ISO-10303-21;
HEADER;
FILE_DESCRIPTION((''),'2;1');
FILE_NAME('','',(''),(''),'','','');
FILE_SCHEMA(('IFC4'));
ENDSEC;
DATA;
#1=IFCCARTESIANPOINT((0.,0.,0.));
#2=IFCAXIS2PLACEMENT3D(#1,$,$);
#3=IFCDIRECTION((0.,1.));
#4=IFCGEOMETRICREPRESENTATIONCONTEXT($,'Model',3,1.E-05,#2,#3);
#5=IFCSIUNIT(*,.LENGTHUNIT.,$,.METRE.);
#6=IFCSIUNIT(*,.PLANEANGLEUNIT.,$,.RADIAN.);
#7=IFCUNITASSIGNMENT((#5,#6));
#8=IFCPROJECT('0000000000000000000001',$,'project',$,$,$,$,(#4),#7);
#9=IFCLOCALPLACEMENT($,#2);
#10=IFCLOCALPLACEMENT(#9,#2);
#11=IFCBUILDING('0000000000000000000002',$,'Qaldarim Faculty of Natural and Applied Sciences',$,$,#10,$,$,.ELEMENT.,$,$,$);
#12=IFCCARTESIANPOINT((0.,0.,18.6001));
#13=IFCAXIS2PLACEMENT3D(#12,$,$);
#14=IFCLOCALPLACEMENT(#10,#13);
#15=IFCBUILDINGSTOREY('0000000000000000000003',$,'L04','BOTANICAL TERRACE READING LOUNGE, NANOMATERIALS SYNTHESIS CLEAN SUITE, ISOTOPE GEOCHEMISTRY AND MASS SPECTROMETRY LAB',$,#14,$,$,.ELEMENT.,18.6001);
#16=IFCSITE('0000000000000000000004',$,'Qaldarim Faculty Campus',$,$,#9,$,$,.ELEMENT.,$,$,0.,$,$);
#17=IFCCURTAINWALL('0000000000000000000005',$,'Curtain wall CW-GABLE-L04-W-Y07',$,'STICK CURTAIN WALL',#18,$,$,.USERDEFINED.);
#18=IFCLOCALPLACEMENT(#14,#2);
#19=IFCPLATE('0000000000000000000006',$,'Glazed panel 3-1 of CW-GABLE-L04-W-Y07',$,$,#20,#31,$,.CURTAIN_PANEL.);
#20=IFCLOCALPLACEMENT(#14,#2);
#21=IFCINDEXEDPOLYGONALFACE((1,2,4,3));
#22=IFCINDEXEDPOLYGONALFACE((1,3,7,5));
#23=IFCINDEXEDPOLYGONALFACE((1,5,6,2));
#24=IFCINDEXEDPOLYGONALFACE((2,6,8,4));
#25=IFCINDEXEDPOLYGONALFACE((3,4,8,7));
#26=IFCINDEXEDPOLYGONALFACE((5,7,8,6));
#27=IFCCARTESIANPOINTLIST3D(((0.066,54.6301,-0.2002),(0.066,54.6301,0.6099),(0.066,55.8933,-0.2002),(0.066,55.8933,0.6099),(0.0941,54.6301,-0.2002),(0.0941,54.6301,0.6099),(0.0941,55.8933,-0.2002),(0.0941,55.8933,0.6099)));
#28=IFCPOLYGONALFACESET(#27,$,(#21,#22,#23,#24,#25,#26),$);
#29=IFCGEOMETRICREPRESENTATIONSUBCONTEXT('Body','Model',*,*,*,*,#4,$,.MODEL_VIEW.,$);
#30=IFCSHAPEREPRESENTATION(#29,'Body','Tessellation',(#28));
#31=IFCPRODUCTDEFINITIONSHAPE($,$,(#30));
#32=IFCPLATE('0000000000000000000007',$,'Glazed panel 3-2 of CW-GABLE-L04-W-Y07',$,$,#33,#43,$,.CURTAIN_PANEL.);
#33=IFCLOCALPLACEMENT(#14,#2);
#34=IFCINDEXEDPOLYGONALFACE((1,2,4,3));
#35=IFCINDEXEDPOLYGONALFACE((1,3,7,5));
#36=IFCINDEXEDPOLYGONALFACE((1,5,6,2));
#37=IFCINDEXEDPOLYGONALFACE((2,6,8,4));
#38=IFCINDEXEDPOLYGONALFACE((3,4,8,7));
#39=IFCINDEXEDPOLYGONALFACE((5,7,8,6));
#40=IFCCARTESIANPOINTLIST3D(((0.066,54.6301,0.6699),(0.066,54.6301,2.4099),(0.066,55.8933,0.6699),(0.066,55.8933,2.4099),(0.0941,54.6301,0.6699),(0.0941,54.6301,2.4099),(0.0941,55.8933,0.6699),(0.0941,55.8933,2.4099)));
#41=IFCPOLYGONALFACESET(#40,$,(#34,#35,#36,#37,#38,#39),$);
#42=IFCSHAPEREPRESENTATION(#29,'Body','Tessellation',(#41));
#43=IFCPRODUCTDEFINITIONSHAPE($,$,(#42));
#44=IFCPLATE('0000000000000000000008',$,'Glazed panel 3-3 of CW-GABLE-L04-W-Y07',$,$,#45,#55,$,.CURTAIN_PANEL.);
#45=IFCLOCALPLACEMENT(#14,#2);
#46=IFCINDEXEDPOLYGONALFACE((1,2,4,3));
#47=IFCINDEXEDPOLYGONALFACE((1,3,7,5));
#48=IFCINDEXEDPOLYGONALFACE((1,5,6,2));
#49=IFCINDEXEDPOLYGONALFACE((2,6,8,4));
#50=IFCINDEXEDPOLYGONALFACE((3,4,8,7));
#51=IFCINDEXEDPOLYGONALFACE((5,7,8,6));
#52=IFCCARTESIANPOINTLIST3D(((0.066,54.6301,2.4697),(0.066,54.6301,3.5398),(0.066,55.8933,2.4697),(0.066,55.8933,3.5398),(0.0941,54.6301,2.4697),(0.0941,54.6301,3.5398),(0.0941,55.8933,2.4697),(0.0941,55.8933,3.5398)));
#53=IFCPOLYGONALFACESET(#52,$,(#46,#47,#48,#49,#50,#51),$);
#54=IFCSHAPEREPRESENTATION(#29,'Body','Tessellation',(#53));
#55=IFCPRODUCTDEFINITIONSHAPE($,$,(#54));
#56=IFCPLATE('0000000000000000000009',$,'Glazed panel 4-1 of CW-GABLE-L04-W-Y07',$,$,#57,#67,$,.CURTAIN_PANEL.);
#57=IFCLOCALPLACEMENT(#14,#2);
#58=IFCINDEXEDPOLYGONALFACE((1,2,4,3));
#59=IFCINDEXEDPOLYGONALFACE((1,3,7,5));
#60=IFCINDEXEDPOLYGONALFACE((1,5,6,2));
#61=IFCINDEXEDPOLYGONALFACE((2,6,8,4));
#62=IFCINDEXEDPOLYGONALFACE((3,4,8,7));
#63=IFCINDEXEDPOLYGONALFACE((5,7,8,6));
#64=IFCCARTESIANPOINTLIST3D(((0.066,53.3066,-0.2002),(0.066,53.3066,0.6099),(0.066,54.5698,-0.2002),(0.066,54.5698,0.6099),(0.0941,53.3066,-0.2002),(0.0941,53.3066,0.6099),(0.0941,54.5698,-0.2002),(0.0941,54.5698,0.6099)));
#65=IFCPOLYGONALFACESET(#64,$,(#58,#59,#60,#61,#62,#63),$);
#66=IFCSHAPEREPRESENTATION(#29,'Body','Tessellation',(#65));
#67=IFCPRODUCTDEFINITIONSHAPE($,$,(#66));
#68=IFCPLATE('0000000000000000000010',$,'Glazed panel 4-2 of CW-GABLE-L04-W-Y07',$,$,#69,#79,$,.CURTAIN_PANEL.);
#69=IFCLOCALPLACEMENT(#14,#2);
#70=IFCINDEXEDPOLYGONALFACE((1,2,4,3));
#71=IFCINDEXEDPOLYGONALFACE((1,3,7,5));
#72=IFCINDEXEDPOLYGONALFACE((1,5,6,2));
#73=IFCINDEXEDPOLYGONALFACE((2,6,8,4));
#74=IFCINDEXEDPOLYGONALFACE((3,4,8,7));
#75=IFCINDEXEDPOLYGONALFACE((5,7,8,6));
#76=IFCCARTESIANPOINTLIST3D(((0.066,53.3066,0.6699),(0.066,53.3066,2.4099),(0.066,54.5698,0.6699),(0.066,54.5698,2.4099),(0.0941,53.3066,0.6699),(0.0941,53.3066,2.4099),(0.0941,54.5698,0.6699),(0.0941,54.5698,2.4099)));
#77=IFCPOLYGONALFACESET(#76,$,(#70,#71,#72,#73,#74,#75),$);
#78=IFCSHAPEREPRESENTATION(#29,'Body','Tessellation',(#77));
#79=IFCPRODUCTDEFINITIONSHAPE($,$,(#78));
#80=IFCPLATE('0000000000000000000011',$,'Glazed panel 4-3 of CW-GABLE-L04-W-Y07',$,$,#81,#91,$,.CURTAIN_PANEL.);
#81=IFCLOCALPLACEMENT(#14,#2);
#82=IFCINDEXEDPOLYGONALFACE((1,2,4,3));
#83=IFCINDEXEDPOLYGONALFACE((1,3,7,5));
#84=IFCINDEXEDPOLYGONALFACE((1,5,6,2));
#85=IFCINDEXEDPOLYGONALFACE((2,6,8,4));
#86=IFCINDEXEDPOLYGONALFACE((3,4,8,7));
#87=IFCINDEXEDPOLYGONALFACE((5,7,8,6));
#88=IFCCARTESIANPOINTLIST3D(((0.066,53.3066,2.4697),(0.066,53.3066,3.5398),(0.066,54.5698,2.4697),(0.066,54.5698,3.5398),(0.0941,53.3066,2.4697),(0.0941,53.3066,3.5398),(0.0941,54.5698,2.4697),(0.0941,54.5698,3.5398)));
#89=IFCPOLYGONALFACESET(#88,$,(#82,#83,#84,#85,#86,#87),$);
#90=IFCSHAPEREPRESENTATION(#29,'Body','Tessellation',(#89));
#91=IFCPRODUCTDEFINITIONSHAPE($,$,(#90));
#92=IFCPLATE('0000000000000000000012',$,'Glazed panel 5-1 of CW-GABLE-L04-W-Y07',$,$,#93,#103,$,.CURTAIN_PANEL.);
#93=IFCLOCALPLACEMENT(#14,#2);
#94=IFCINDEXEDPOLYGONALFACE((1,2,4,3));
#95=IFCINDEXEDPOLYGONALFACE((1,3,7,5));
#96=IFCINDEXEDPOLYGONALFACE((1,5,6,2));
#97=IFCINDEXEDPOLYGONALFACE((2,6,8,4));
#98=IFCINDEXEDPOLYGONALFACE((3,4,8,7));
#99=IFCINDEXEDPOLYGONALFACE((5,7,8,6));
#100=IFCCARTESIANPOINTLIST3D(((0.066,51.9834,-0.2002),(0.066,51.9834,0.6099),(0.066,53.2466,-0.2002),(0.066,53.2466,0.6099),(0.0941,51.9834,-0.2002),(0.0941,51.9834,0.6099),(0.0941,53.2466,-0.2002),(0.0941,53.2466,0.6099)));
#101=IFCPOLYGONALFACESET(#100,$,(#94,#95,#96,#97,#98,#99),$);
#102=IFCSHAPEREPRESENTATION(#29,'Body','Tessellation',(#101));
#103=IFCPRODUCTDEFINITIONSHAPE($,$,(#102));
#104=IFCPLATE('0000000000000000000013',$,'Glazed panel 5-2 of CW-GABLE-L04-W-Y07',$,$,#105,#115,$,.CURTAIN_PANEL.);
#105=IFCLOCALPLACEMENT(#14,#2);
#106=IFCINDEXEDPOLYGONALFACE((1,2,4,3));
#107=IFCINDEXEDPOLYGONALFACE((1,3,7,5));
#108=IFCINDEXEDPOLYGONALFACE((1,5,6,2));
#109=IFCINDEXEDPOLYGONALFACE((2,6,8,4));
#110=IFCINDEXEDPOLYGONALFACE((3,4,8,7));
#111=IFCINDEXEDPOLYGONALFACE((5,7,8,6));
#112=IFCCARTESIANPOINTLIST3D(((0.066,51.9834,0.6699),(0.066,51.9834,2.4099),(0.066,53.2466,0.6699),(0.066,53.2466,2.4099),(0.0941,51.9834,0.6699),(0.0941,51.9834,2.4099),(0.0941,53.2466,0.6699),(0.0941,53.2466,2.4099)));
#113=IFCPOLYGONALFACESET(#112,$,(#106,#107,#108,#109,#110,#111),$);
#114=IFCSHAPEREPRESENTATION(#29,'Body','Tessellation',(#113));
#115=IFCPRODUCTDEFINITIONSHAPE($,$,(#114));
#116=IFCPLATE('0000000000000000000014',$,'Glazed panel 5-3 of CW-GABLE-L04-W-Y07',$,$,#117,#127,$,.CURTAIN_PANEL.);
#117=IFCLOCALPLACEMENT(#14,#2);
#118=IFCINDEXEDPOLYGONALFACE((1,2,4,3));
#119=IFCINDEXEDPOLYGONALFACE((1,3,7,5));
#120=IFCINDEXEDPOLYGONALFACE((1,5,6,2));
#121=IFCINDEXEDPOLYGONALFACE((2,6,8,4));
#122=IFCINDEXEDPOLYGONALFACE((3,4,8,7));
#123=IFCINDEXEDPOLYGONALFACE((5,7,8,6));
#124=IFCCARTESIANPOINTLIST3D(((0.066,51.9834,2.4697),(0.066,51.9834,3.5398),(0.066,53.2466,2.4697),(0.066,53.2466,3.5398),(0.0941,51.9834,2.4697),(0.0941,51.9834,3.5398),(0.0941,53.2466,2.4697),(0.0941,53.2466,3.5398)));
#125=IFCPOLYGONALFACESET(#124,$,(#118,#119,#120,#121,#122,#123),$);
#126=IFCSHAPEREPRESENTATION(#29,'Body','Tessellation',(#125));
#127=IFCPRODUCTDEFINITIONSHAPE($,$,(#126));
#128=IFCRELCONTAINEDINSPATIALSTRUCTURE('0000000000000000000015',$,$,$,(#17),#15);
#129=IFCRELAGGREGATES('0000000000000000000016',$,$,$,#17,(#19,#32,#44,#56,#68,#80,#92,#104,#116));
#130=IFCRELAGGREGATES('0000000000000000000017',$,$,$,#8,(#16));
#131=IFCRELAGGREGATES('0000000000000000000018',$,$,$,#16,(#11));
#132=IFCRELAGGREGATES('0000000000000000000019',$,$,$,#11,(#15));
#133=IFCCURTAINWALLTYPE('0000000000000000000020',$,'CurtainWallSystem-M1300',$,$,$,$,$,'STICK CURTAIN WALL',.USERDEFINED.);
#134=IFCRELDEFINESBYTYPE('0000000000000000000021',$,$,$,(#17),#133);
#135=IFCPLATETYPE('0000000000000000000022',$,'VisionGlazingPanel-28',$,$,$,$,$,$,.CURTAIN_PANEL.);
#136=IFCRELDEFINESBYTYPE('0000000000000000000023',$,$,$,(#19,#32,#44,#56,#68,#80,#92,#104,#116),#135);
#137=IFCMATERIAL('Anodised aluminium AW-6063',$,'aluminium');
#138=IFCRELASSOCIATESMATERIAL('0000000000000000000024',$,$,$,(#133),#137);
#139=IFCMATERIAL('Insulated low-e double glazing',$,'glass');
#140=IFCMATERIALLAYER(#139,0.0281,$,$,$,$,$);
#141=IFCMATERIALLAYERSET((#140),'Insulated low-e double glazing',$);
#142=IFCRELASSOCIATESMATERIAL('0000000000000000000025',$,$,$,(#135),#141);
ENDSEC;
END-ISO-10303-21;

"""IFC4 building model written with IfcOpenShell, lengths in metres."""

from ifc_helpers import new_model, si_unit, direction, frame, origin, origin_2d, place, context, subcontext, project, spatial, rectangle, extrude, material, layer, layer_set, type_object, element, aggregate, save


model = new_model("IFC4")

# Units and contexts
model_context = context("Model", 3, precision=1e-05, world=origin(), true_north=direction((0.0, 1.0)))
body_context = subcontext(model_context, "Body", "Model", "MODEL_VIEW")
ifc_project = project(units=[si_unit("LENGTHUNIT", "METRE"), si_unit("PLANEANGLEUNIT", "RADIAN")], contexts=[model_context])

# Site, building, storey
site_placement = place(None, origin())
site = spatial("IfcSite", under=ifc_project, at=site_placement, Name="Qaldarim Faculty Campus", CompositionType="ELEMENT", RefElevation=0.0)
building_placement = place(site_placement, origin())
building = spatial("IfcBuilding", under=site, at=building_placement, Name="Qaldarim Faculty of Natural and Applied Sciences", CompositionType="ELEMENT")
storey_placement = place(building_placement, frame((0.0, 0.0, 18.6001)))
storey = spatial("IfcBuildingStorey", under=building, at=storey_placement, Name="L04", Description="BOTANICAL TERRACE READING LOUNGE, NANOMATERIALS SYNTHESIS CLEAN SUITE, ISOTOPE GEOCHEMISTRY AND MASS SPECTROMETRY LAB", CompositionType="ELEMENT", Elevation=18.6001)

# Curtain wall, plates
ifc_material_1 = material(Name="Anodised aluminium AW-6063", Category="aluminium")
curtain_wall_type = type_object("IfcCurtainWallType", Name="CurtainWallSystem-M1300", ElementType="STICK CURTAIN WALL", PredefinedType="USERDEFINED", material=ifc_material_1)
curtain_wall_placement = place(storey_placement, origin())
curtain_wall = element("IfcCurtainWall", 1, at=curtain_wall_placement, inside=storey, type_object=curtain_wall_type, Name="Curtain wall CW-GABLE-L04-W-Y07", ObjectType="STICK CURTAIN WALL", PredefinedType="USERDEFINED")
ifc_material_2 = material(Name="Insulated low-e double glazing", Category="glass")
ifc_layer = layer(ifc_material_2, 0.0281)
ifc_layer_set = layer_set([ifc_layer], Name="Insulated low-e double glazing")
plate_type = type_object("IfcPlateType", Name="VisionGlazingPanel-28", PredefinedType="CURTAIN_PANEL", material=ifc_layer_set)
plate_1_placement = place(storey_placement, frame((0.0801, 55.2617, -0.2002), z_axis=(0.0, 0.0, 1.0), x_axis=(0.0, -1.0, 0.0)))
plate_1 = element("IfcPlate", 2, at=plate_1_placement, type_object=plate_type, Name="Glazed panel 3-1 of CW-GABLE-L04-W-Y07", PredefinedType="CURTAIN_PANEL", context=body_context, shape_type="SweptSolid", body=[
    extrude(rectangle(XDim=1.2632, YDim=0.0281, at=origin_2d()), origin(), (0.0, 0.0, 1.0), 0.8101),
])
plate_2_placement = place(storey_placement, frame((0.0801, 55.2617, 0.6699), z_axis=(0.0, 0.0, 1.0), x_axis=(0.0, -1.0, 0.0)))
plate_2 = element("IfcPlate", 3, at=plate_2_placement, type_object=plate_type, Name="Glazed panel 3-2 of CW-GABLE-L04-W-Y07", PredefinedType="CURTAIN_PANEL", context=body_context, shape_type="SweptSolid", body=[
    extrude(rectangle(XDim=1.2632, YDim=0.0281, at=origin_2d()), origin(), (0.0, 0.0, 1.0), 1.74),
])
plate_3_placement = place(storey_placement, frame((0.0801, 55.2617, 2.4697), z_axis=(0.0, 0.0, 1.0), x_axis=(0.0, -1.0, 0.0)))
plate_3 = element("IfcPlate", 4, at=plate_3_placement, type_object=plate_type, Name="Glazed panel 3-3 of CW-GABLE-L04-W-Y07", PredefinedType="CURTAIN_PANEL", context=body_context, shape_type="SweptSolid", body=[
    extrude(rectangle(XDim=1.2632, YDim=0.0281, at=origin_2d()), origin(), (0.0, 0.0, 1.0), 1.0701),
])
plate_4_placement = place(storey_placement, frame((0.0801, 53.9382, -0.2002), z_axis=(0.0, 0.0, 1.0), x_axis=(0.0, -1.0, 0.0)))
plate_4 = element("IfcPlate", 5, at=plate_4_placement, type_object=plate_type, Name="Glazed panel 4-1 of CW-GABLE-L04-W-Y07", PredefinedType="CURTAIN_PANEL", context=body_context, shape_type="SweptSolid", body=[
    extrude(rectangle(XDim=1.2632, YDim=0.0281, at=origin_2d()), origin(), (0.0, 0.0, 1.0), 0.8101),
])
plate_5_placement = place(storey_placement, frame((0.0801, 53.9382, 0.6699), z_axis=(0.0, 0.0, 1.0), x_axis=(0.0, -1.0, 0.0)))
plate_5 = element("IfcPlate", 6, at=plate_5_placement, type_object=plate_type, Name="Glazed panel 4-2 of CW-GABLE-L04-W-Y07", PredefinedType="CURTAIN_PANEL", context=body_context, shape_type="SweptSolid", body=[
    extrude(rectangle(XDim=1.2632, YDim=0.0281, at=origin_2d()), origin(), (0.0, 0.0, 1.0), 1.74),
])
plate_6_placement = place(storey_placement, frame((0.0801, 53.9382, 2.4697), z_axis=(0.0, 0.0, 1.0), x_axis=(0.0, -1.0, 0.0)))
plate_6 = element("IfcPlate", 7, at=plate_6_placement, type_object=plate_type, Name="Glazed panel 4-3 of CW-GABLE-L04-W-Y07", PredefinedType="CURTAIN_PANEL", context=body_context, shape_type="SweptSolid", body=[
    extrude(rectangle(XDim=1.2632, YDim=0.0281, at=origin_2d()), origin(), (0.0, 0.0, 1.0), 1.0701),
])
plate_7_placement = place(storey_placement, frame((0.0801, 52.615, -0.2002), z_axis=(0.0, 0.0, 1.0), x_axis=(0.0, -1.0, 0.0)))
plate_7 = element("IfcPlate", 8, at=plate_7_placement, type_object=plate_type, Name="Glazed panel 5-1 of CW-GABLE-L04-W-Y07", PredefinedType="CURTAIN_PANEL", context=body_context, shape_type="SweptSolid", body=[
    extrude(rectangle(XDim=1.2632, YDim=0.0281, at=origin_2d()), origin(), (0.0, 0.0, 1.0), 0.8101),
])
plate_8_placement = place(storey_placement, frame((0.0801, 52.615, 0.6699), z_axis=(0.0, 0.0, 1.0), x_axis=(0.0, -1.0, 0.0)))
plate_8 = element("IfcPlate", 9, at=plate_8_placement, type_object=plate_type, Name="Glazed panel 5-2 of CW-GABLE-L04-W-Y07", PredefinedType="CURTAIN_PANEL", context=body_context, shape_type="SweptSolid", body=[
    extrude(rectangle(XDim=1.2632, YDim=0.0281, at=origin_2d()), origin(), (0.0, 0.0, 1.0), 1.74),
])
plate_9_placement = place(storey_placement, frame((0.0801, 52.615, 2.4697), z_axis=(0.0, 0.0, 1.0), x_axis=(0.0, -1.0, 0.0)))
plate_9 = element("IfcPlate", 10, at=plate_9_placement, type_object=plate_type, Name="Glazed panel 5-3 of CW-GABLE-L04-W-Y07", PredefinedType="CURTAIN_PANEL", context=body_context, shape_type="SweptSolid", body=[
    extrude(rectangle(XDim=1.2632, YDim=0.0281, at=origin_2d()), origin(), (0.0, 0.0, 1.0), 1.0701),
])
aggregate(curtain_wall, [plate_1, plate_2, plate_3, plate_4, plate_5, plate_6, plate_7, plate_8, plate_9])

save(model, "model.ifc")
